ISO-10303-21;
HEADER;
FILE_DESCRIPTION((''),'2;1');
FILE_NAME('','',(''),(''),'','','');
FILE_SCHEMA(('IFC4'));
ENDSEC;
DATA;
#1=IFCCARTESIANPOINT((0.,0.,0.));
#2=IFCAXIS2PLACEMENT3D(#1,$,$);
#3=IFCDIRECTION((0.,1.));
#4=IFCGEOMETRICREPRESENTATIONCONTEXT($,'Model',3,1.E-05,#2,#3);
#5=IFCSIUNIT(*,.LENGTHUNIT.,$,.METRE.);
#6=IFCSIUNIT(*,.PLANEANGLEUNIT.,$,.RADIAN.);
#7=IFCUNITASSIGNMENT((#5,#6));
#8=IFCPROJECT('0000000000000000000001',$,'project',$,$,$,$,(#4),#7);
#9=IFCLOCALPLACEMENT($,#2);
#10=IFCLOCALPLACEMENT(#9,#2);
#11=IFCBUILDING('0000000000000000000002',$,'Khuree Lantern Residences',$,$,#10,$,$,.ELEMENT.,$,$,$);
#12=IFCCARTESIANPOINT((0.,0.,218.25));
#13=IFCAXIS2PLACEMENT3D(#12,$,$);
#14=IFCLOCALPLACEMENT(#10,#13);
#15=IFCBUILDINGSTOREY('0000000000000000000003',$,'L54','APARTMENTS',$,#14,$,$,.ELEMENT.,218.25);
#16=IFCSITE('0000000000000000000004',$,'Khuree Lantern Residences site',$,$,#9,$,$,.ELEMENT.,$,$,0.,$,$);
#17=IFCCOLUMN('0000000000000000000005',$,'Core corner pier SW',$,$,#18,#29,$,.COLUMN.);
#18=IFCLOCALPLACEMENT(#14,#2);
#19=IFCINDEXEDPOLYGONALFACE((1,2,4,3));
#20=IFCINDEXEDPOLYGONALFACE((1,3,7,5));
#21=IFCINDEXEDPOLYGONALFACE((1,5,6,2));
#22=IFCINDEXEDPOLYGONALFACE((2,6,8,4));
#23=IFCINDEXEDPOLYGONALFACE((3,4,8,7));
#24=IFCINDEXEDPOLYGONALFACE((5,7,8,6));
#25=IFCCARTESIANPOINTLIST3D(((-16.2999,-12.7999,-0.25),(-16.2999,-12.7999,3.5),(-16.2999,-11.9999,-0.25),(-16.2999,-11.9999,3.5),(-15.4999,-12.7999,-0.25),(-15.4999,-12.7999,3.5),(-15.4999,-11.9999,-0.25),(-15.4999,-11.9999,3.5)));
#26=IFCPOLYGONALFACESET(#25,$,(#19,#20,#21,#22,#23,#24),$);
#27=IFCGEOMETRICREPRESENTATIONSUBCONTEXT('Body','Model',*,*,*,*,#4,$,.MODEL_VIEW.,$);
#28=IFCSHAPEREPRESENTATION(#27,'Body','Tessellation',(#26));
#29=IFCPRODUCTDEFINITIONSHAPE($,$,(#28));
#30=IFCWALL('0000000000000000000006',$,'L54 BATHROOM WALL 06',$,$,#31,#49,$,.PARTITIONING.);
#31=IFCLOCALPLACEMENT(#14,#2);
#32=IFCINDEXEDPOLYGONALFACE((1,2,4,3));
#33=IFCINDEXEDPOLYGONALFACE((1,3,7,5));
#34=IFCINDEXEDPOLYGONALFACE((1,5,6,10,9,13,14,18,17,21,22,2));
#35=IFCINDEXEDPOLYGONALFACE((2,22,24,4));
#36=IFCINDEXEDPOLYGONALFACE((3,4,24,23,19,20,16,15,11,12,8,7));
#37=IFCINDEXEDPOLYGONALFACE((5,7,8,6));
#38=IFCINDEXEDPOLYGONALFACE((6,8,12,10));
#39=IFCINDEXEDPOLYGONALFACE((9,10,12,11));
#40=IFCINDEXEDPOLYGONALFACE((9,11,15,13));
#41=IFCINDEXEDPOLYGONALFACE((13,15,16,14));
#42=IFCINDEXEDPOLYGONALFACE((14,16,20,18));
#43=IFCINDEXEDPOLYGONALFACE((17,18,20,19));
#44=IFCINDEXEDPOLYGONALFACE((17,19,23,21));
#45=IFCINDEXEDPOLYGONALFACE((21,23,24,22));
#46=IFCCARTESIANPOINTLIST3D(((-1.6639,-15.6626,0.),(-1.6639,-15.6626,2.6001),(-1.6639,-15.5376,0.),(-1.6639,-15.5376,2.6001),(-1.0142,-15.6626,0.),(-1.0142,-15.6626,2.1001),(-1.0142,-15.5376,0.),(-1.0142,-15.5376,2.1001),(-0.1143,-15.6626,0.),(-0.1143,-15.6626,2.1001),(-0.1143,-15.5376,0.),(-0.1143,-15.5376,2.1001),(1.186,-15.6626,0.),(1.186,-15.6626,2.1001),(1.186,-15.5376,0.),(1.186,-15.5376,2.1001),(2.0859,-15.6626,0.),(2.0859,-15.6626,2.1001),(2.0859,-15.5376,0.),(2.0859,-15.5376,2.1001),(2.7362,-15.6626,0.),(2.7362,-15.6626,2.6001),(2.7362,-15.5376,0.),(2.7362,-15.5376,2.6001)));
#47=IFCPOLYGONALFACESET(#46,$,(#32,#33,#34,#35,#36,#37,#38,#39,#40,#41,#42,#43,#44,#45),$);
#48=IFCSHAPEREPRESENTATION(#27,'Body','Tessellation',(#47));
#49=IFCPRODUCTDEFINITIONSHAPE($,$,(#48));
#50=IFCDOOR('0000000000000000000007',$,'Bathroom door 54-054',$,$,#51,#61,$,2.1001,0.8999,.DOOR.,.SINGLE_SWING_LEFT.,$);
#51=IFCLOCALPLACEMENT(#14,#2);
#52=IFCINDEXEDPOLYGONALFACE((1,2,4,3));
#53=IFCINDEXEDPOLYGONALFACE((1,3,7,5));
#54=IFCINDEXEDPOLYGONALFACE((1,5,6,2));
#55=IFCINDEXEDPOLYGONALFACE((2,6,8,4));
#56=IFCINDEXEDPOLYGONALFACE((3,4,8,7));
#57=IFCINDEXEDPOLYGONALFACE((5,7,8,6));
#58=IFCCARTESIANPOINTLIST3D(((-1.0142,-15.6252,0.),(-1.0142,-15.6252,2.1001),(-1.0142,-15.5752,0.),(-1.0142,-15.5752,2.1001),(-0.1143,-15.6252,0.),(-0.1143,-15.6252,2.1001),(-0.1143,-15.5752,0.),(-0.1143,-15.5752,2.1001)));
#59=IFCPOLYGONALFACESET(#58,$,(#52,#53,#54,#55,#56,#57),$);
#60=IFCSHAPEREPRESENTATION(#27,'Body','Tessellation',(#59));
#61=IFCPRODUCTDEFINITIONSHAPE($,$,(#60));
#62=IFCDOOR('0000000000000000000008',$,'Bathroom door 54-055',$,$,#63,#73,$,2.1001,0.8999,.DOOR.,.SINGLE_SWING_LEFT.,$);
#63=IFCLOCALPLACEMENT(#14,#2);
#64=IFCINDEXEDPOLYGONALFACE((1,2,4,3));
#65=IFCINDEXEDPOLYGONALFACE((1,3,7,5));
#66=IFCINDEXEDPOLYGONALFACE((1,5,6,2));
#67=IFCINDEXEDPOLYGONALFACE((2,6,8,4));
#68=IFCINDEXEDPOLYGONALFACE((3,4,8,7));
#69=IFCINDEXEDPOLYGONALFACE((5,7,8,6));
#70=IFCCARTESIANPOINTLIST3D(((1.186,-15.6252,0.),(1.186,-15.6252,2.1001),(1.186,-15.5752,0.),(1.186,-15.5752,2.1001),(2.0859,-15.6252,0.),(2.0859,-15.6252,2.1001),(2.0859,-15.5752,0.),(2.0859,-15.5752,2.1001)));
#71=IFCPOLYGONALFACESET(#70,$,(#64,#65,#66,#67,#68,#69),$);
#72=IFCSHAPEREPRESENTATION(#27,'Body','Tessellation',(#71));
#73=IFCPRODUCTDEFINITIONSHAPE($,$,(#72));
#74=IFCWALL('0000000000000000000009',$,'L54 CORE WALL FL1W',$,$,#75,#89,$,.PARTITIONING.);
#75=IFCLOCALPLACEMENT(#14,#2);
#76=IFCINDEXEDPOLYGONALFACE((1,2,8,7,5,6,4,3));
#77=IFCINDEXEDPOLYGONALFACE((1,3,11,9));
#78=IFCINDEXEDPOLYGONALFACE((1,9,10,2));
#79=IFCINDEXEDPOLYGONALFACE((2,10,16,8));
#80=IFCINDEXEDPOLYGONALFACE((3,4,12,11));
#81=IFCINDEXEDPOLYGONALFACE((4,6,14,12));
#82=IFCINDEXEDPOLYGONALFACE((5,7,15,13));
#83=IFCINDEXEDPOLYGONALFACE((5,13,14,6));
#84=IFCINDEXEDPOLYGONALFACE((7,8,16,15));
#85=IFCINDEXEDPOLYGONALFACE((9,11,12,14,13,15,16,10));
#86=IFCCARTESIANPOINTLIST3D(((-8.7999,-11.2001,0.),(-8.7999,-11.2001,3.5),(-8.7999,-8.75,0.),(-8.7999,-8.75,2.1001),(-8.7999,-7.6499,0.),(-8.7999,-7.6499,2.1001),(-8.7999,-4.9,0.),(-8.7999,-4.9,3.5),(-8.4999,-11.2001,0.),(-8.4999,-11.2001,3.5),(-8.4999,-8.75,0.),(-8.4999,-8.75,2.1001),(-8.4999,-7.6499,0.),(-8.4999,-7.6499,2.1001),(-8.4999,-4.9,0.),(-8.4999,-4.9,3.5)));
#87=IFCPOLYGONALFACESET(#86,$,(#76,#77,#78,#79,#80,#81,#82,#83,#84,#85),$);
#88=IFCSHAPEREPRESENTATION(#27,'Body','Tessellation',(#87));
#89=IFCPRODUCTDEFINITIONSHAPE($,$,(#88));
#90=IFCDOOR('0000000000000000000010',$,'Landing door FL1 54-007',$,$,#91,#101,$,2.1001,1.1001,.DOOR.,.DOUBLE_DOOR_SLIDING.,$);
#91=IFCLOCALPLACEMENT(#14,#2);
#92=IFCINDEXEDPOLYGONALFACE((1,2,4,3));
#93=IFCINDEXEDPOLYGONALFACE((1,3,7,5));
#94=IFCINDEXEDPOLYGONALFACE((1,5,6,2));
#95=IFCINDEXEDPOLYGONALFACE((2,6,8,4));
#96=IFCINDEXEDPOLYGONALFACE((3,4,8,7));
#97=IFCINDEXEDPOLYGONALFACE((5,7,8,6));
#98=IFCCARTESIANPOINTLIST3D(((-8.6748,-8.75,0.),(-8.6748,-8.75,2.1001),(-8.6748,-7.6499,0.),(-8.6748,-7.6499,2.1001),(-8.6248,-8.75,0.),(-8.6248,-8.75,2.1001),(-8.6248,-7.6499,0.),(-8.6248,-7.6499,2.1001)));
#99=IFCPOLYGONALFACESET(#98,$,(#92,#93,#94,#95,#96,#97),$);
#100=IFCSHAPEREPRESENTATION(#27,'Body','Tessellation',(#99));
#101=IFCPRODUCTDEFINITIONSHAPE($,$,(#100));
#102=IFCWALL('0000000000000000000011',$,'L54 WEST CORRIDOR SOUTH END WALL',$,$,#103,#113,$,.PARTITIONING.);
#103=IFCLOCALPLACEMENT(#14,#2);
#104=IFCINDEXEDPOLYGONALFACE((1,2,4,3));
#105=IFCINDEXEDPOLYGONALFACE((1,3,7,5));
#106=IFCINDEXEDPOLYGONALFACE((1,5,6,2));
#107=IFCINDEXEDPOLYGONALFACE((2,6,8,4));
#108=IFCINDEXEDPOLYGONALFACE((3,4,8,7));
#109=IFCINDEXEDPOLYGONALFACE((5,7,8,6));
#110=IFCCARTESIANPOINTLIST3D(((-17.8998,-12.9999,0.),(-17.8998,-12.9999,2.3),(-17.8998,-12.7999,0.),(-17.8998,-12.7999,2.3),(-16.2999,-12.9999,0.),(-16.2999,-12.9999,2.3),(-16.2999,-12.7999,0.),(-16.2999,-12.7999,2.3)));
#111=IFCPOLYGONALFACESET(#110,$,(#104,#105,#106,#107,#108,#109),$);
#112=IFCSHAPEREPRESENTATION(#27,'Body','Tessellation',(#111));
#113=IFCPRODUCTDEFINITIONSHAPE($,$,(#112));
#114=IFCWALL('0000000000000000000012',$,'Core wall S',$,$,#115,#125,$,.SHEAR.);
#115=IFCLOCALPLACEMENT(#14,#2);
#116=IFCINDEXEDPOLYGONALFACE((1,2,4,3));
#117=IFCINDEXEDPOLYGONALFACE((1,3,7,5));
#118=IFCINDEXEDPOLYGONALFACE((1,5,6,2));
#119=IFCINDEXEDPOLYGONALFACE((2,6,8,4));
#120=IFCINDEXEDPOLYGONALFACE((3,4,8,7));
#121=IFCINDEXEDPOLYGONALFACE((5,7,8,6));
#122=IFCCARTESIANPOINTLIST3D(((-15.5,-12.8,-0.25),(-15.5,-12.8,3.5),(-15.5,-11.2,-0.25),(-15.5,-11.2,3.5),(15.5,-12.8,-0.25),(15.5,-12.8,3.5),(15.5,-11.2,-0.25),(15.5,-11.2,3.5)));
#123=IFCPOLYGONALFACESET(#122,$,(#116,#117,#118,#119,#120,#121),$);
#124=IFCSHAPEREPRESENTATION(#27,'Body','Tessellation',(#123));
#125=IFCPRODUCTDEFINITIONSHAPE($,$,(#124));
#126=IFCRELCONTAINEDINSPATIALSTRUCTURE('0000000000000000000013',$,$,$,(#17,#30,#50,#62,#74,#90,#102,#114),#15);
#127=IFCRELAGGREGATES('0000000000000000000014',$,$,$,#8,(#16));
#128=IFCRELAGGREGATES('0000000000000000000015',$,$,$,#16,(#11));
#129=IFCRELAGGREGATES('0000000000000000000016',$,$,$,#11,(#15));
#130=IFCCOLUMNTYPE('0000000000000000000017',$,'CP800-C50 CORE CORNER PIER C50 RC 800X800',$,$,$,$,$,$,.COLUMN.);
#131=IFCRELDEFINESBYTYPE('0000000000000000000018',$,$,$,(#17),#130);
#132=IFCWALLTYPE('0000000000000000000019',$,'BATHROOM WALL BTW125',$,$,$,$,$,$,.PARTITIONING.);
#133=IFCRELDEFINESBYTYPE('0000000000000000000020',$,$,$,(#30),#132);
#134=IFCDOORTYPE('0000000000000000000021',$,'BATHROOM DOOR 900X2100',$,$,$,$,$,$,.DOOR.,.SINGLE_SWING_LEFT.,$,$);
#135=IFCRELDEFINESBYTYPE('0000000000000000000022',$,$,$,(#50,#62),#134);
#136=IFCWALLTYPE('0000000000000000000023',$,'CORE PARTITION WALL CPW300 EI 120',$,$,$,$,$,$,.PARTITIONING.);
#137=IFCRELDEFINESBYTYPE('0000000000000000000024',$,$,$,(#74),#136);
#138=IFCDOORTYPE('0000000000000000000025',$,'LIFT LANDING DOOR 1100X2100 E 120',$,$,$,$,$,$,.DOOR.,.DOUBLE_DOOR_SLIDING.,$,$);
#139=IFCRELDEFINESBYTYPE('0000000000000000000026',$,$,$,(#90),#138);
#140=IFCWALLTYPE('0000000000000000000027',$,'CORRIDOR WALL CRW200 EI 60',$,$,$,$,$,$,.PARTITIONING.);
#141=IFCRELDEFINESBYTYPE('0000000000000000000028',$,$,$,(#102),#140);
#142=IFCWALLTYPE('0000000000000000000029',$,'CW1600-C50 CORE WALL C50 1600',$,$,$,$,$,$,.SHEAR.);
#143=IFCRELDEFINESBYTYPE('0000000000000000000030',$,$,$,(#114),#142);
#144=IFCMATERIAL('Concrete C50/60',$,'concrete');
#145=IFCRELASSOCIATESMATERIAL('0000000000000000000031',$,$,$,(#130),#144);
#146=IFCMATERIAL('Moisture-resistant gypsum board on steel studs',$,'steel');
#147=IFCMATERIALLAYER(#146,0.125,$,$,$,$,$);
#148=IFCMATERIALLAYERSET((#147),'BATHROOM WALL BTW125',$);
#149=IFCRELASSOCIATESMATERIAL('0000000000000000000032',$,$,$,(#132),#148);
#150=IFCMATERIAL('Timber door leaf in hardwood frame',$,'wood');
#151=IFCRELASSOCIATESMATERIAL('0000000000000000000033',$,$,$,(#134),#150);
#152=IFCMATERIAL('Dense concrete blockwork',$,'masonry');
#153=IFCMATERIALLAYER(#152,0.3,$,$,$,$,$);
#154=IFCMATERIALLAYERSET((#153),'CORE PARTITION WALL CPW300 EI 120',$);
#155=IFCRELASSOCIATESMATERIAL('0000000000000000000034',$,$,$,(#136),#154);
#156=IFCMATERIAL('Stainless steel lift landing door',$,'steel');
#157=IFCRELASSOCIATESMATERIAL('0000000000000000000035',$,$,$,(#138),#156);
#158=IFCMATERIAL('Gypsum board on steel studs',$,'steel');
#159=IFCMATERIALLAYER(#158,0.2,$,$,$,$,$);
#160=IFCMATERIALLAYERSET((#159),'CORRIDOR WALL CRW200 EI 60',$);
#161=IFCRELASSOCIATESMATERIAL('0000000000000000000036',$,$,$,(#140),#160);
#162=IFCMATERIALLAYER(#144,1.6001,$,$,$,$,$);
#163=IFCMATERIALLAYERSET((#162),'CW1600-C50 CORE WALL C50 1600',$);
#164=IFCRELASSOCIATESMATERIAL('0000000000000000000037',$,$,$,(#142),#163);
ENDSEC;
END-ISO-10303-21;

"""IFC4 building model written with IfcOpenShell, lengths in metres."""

from ifc_helpers import new_model, si_unit, direction, frame, frame_2d, origin, origin_2d, place, context, subcontext, project, spatial, rectangle, extrude, material, layer, layer_set, material_profile, profile_set, type_object, element, fill, save


model = new_model("IFC4")

# Units and contexts
model_context = context("Model", 3, precision=1e-05, world=origin(), true_north=direction((0.0, 1.0)))
body_context = subcontext(model_context, "Body", "Model", "MODEL_VIEW")
ifc_project = project(units=[si_unit("LENGTHUNIT", "METRE"), si_unit("PLANEANGLEUNIT", "RADIAN")], contexts=[model_context])

# Site, building, storey
site_placement = place(None, origin())
site = spatial("IfcSite", under=ifc_project, at=site_placement, Name="Khuree Lantern Residences site", CompositionType="ELEMENT", RefElevation=0.0)
building_placement = place(site_placement, origin())
building = spatial("IfcBuilding", under=site, at=building_placement, Name="Khuree Lantern Residences", CompositionType="ELEMENT")
storey_placement = place(building_placement, frame((0.0, 0.0, 218.25)))
storey = spatial("IfcBuildingStorey", under=building, at=storey_placement, Name="L54", Description="APARTMENTS", CompositionType="ELEMENT", Elevation=218.25)

# Column
ifc_material_1 = material(Name="Concrete C50/60", Category="concrete")
ifc_material_profile = material_profile(ifc_material_1, rectangle(XDim=0.8, YDim=0.8, at=origin_2d()), Name="RC 800X800")
ifc_profile_set = profile_set([ifc_material_profile], Name="Concrete C50/60")
column_type = type_object("IfcColumnType", Name="CP800-C50 CORE CORNER PIER C50 RC 800X800", PredefinedType="COLUMN", material=ifc_profile_set)
column_placement = place(storey_placement, frame((-15.8999, -12.3999, -0.25), z_axis=(0.0, 0.0, 1.0), x_axis=(1.0, 0.0, 0.0)))
element("IfcColumn", 1, at=column_placement, inside=storey, type_object=column_type, Name="Core corner pier SW", PredefinedType="COLUMN", context=body_context, shape_type="SweptSolid", body=[
    extrude(rectangle(XDim=0.8, YDim=0.8, at=origin_2d()), origin(), (0.0, 0.0, 1.0), 3.75),
])

# Wall, openings, doors
ifc_material_2 = material(Name="Moisture-resistant gypsum board on steel studs", Category="steel")
ifc_layer_1 = layer(ifc_material_2, 0.125)
ifc_layer_set_1 = layer_set([ifc_layer_1], Name="BATHROOM WALL BTW125")
wall_type_1 = type_object("IfcWallType", Name="BATHROOM WALL BTW125", PredefinedType="PARTITIONING", material=ifc_layer_set_1)
wall_1_placement = place(storey_placement, frame((-1.6641, -15.6001, 0.0), z_axis=(0.0, 0.0, 1.0), x_axis=(1.0, 0.0, 0.0)))
wall_1 = element("IfcWall", 2, at=wall_1_placement, inside=storey, type_object=wall_type_1, Name="L54 BATHROOM WALL 06", PredefinedType="PARTITIONING", context=body_context, shape_type="SweptSolid", body=[
    extrude(rectangle(XDim=4.4001, YDim=0.125, at=frame_2d((2.2002, 0.0))), origin(), (0.0, 0.0, 1.0), 2.6001),
])
opening_1_placement = place(wall_1_placement, frame((0.6499, 0.0, 0.0)))
opening_1 = element("IfcOpeningElement", 3, at=opening_1_placement, cuts=wall_1, PredefinedType="OPENING", context=body_context, shape_type="SweptSolid", body=[
    extrude(rectangle(XDim=0.8999, YDim=2.1001, at=frame_2d((0.45, 1.05))), frame((0.0, 0.0725, 0.0), z_axis=(0.0, -1.0, 0.0), x_axis=(1.0, 0.0, 0.0)), (0.0, 0.0, 1.0), 0.145),
])
opening_2_placement = place(wall_1_placement, frame((2.8501, 0.0, 0.0)))
opening_2 = element("IfcOpeningElement", 4, at=opening_2_placement, cuts=wall_1, PredefinedType="OPENING", context=body_context, shape_type="SweptSolid", body=[
    extrude(rectangle(XDim=0.8999, YDim=2.1001, at=frame_2d((0.45, 1.05))), frame((0.0, 0.0725, 0.0), z_axis=(0.0, -1.0, 0.0), x_axis=(1.0, 0.0, 0.0)), (0.0, 0.0, 1.0), 0.145),
])
ifc_material_3 = material(Name="Timber door leaf in hardwood frame", Category="wood")
door_type_1 = type_object("IfcDoorType", Name="BATHROOM DOOR 900X2100", OperationType="SINGLE_SWING_LEFT", PredefinedType="DOOR", material=ifc_material_3)
door_1_placement = place(opening_1_placement, origin())
door_1 = element("IfcDoor", 5, at=door_1_placement, inside=storey, type_object=door_type_1, Name="Bathroom door 54-054", OperationType="SINGLE_SWING_LEFT", OverallHeight=2.1001, OverallWidth=0.8999, PredefinedType="DOOR", context=body_context, shape_type="SweptSolid", body=[
    extrude(rectangle(XDim=0.8999, YDim=2.1001, at=frame_2d((0.45, 1.05))), frame((0.0, 0.0249, 0.0), z_axis=(0.0, -1.0, 0.0), x_axis=(1.0, 0.0, 0.0)), (0.0, 0.0, 1.0), 0.05),
])
fill(opening_1, door_1)
door_2_placement = place(opening_2_placement, origin())
door_2 = element("IfcDoor", 6, at=door_2_placement, inside=storey, type_object=door_type_1, Name="Bathroom door 54-055", OperationType="SINGLE_SWING_LEFT", OverallHeight=2.1001, OverallWidth=0.8999, PredefinedType="DOOR", context=body_context, shape_type="SweptSolid", body=[
    extrude(rectangle(XDim=0.8999, YDim=2.1001, at=frame_2d((0.45, 1.05))), frame((0.0, 0.0249, 0.0), z_axis=(0.0, -1.0, 0.0), x_axis=(1.0, 0.0, 0.0)), (0.0, 0.0, 1.0), 0.05),
])
fill(opening_2, door_2)

# Wall, opening, door
ifc_material_4 = material(Name="Dense concrete blockwork", Category="masonry")
ifc_layer_2 = layer(ifc_material_4, 0.3)
ifc_layer_set_2 = layer_set([ifc_layer_2], Name="CORE PARTITION WALL CPW300 EI 120")
wall_type_2 = type_object("IfcWallType", Name="CORE PARTITION WALL CPW300 EI 120", PredefinedType="PARTITIONING", material=ifc_layer_set_2)
wall_2_placement = place(storey_placement, frame((-8.6499, -11.2, 0.0), z_axis=(0.0, 0.0, 1.0), x_axis=(0.0, 1.0, 0.0)))
wall_2 = element("IfcWall", 7, at=wall_2_placement, inside=storey, type_object=wall_type_2, Name="L54 CORE WALL FL1W", PredefinedType="PARTITIONING", context=body_context, shape_type="SweptSolid", body=[
    extrude(rectangle(XDim=6.3, YDim=0.3, at=frame_2d((3.1499, 0.0))), origin(), (0.0, 0.0, 1.0), 3.5),
])
opening_3_placement = place(wall_2_placement, frame((2.45, 0.0, 0.0)))
opening_3 = element("IfcOpeningElement", 8, at=opening_3_placement, cuts=wall_2, PredefinedType="OPENING", context=body_context, shape_type="SweptSolid", body=[
    extrude(rectangle(XDim=1.1001, YDim=2.1001, at=frame_2d((0.55, 1.05))), frame((0.0, 0.1602, 0.0), z_axis=(0.0, -1.0, 0.0), x_axis=(1.0, 0.0, 0.0)), (0.0, 0.0, 1.0), 0.3201),
])
ifc_material_5 = material(Name="Stainless steel lift landing door", Category="steel")
door_type_2 = type_object("IfcDoorType", Name="LIFT LANDING DOOR 1100X2100 E 120", OperationType="DOUBLE_DOOR_SLIDING", PredefinedType="DOOR", material=ifc_material_5)
door_3_placement = place(opening_3_placement, origin())
door_3 = element("IfcDoor", 9, at=door_3_placement, inside=storey, type_object=door_type_2, Name="Landing door FL1 54-007", OperationType="DOUBLE_DOOR_SLIDING", OverallHeight=2.1001, OverallWidth=1.1001, PredefinedType="DOOR", context=body_context, shape_type="SweptSolid", body=[
    extrude(rectangle(XDim=1.1001, YDim=2.1001, at=frame_2d((0.55, 1.05))), frame((0.0, 0.0249, 0.0), z_axis=(0.0, -1.0, 0.0), x_axis=(1.0, 0.0, 0.0)), (0.0, 0.0, 1.0), 0.05),
])
fill(opening_3, door_3)

# Walls
ifc_material_6 = material(Name="Gypsum board on steel studs", Category="steel")
ifc_layer_3 = layer(ifc_material_6, 0.2)
ifc_layer_set_3 = layer_set([ifc_layer_3], Name="CORRIDOR WALL CRW200 EI 60")
wall_type_3 = type_object("IfcWallType", Name="CORRIDOR WALL CRW200 EI 60", PredefinedType="PARTITIONING", material=ifc_layer_set_3)
wall_3_placement = place(storey_placement, frame((-16.3, -12.8999, 0.0), z_axis=(0.0, 0.0, 1.0), x_axis=(-1.0, 0.0, 0.0)))
element("IfcWall", 10, at=wall_3_placement, inside=storey, type_object=wall_type_3, Name="L54 WEST CORRIDOR SOUTH END WALL", PredefinedType="PARTITIONING", context=body_context, shape_type="SweptSolid", body=[
    extrude(rectangle(XDim=1.5999, YDim=0.2, at=frame_2d((0.7998, 0.0))), origin(), (0.0, 0.0, 1.0), 2.3),
])
ifc_layer_4 = layer(ifc_material_1, 1.6001)
ifc_layer_set_4 = layer_set([ifc_layer_4], Name="CW1600-C50 CORE WALL C50 1600")
wall_type_4 = type_object("IfcWallType", Name="CW1600-C50 CORE WALL C50 1600", PredefinedType="SHEAR", material=ifc_layer_set_4)
wall_4_placement = place(storey_placement, frame((-15.5, -12.0, -0.25), z_axis=(0.0, 0.0, 1.0), x_axis=(1.0, 0.0, 0.0)))
element("IfcWall", 11, at=wall_4_placement, inside=storey, type_object=wall_type_4, Name="Core wall S", PredefinedType="SHEAR", context=body_context, shape_type="SweptSolid", body=[
    extrude(rectangle(XDim=31.0, YDim=1.6001, at=frame_2d((15.5, 0.0))), origin(), (0.0, 0.0, 1.0), 3.75),
])

save(model, "model.ifc")
